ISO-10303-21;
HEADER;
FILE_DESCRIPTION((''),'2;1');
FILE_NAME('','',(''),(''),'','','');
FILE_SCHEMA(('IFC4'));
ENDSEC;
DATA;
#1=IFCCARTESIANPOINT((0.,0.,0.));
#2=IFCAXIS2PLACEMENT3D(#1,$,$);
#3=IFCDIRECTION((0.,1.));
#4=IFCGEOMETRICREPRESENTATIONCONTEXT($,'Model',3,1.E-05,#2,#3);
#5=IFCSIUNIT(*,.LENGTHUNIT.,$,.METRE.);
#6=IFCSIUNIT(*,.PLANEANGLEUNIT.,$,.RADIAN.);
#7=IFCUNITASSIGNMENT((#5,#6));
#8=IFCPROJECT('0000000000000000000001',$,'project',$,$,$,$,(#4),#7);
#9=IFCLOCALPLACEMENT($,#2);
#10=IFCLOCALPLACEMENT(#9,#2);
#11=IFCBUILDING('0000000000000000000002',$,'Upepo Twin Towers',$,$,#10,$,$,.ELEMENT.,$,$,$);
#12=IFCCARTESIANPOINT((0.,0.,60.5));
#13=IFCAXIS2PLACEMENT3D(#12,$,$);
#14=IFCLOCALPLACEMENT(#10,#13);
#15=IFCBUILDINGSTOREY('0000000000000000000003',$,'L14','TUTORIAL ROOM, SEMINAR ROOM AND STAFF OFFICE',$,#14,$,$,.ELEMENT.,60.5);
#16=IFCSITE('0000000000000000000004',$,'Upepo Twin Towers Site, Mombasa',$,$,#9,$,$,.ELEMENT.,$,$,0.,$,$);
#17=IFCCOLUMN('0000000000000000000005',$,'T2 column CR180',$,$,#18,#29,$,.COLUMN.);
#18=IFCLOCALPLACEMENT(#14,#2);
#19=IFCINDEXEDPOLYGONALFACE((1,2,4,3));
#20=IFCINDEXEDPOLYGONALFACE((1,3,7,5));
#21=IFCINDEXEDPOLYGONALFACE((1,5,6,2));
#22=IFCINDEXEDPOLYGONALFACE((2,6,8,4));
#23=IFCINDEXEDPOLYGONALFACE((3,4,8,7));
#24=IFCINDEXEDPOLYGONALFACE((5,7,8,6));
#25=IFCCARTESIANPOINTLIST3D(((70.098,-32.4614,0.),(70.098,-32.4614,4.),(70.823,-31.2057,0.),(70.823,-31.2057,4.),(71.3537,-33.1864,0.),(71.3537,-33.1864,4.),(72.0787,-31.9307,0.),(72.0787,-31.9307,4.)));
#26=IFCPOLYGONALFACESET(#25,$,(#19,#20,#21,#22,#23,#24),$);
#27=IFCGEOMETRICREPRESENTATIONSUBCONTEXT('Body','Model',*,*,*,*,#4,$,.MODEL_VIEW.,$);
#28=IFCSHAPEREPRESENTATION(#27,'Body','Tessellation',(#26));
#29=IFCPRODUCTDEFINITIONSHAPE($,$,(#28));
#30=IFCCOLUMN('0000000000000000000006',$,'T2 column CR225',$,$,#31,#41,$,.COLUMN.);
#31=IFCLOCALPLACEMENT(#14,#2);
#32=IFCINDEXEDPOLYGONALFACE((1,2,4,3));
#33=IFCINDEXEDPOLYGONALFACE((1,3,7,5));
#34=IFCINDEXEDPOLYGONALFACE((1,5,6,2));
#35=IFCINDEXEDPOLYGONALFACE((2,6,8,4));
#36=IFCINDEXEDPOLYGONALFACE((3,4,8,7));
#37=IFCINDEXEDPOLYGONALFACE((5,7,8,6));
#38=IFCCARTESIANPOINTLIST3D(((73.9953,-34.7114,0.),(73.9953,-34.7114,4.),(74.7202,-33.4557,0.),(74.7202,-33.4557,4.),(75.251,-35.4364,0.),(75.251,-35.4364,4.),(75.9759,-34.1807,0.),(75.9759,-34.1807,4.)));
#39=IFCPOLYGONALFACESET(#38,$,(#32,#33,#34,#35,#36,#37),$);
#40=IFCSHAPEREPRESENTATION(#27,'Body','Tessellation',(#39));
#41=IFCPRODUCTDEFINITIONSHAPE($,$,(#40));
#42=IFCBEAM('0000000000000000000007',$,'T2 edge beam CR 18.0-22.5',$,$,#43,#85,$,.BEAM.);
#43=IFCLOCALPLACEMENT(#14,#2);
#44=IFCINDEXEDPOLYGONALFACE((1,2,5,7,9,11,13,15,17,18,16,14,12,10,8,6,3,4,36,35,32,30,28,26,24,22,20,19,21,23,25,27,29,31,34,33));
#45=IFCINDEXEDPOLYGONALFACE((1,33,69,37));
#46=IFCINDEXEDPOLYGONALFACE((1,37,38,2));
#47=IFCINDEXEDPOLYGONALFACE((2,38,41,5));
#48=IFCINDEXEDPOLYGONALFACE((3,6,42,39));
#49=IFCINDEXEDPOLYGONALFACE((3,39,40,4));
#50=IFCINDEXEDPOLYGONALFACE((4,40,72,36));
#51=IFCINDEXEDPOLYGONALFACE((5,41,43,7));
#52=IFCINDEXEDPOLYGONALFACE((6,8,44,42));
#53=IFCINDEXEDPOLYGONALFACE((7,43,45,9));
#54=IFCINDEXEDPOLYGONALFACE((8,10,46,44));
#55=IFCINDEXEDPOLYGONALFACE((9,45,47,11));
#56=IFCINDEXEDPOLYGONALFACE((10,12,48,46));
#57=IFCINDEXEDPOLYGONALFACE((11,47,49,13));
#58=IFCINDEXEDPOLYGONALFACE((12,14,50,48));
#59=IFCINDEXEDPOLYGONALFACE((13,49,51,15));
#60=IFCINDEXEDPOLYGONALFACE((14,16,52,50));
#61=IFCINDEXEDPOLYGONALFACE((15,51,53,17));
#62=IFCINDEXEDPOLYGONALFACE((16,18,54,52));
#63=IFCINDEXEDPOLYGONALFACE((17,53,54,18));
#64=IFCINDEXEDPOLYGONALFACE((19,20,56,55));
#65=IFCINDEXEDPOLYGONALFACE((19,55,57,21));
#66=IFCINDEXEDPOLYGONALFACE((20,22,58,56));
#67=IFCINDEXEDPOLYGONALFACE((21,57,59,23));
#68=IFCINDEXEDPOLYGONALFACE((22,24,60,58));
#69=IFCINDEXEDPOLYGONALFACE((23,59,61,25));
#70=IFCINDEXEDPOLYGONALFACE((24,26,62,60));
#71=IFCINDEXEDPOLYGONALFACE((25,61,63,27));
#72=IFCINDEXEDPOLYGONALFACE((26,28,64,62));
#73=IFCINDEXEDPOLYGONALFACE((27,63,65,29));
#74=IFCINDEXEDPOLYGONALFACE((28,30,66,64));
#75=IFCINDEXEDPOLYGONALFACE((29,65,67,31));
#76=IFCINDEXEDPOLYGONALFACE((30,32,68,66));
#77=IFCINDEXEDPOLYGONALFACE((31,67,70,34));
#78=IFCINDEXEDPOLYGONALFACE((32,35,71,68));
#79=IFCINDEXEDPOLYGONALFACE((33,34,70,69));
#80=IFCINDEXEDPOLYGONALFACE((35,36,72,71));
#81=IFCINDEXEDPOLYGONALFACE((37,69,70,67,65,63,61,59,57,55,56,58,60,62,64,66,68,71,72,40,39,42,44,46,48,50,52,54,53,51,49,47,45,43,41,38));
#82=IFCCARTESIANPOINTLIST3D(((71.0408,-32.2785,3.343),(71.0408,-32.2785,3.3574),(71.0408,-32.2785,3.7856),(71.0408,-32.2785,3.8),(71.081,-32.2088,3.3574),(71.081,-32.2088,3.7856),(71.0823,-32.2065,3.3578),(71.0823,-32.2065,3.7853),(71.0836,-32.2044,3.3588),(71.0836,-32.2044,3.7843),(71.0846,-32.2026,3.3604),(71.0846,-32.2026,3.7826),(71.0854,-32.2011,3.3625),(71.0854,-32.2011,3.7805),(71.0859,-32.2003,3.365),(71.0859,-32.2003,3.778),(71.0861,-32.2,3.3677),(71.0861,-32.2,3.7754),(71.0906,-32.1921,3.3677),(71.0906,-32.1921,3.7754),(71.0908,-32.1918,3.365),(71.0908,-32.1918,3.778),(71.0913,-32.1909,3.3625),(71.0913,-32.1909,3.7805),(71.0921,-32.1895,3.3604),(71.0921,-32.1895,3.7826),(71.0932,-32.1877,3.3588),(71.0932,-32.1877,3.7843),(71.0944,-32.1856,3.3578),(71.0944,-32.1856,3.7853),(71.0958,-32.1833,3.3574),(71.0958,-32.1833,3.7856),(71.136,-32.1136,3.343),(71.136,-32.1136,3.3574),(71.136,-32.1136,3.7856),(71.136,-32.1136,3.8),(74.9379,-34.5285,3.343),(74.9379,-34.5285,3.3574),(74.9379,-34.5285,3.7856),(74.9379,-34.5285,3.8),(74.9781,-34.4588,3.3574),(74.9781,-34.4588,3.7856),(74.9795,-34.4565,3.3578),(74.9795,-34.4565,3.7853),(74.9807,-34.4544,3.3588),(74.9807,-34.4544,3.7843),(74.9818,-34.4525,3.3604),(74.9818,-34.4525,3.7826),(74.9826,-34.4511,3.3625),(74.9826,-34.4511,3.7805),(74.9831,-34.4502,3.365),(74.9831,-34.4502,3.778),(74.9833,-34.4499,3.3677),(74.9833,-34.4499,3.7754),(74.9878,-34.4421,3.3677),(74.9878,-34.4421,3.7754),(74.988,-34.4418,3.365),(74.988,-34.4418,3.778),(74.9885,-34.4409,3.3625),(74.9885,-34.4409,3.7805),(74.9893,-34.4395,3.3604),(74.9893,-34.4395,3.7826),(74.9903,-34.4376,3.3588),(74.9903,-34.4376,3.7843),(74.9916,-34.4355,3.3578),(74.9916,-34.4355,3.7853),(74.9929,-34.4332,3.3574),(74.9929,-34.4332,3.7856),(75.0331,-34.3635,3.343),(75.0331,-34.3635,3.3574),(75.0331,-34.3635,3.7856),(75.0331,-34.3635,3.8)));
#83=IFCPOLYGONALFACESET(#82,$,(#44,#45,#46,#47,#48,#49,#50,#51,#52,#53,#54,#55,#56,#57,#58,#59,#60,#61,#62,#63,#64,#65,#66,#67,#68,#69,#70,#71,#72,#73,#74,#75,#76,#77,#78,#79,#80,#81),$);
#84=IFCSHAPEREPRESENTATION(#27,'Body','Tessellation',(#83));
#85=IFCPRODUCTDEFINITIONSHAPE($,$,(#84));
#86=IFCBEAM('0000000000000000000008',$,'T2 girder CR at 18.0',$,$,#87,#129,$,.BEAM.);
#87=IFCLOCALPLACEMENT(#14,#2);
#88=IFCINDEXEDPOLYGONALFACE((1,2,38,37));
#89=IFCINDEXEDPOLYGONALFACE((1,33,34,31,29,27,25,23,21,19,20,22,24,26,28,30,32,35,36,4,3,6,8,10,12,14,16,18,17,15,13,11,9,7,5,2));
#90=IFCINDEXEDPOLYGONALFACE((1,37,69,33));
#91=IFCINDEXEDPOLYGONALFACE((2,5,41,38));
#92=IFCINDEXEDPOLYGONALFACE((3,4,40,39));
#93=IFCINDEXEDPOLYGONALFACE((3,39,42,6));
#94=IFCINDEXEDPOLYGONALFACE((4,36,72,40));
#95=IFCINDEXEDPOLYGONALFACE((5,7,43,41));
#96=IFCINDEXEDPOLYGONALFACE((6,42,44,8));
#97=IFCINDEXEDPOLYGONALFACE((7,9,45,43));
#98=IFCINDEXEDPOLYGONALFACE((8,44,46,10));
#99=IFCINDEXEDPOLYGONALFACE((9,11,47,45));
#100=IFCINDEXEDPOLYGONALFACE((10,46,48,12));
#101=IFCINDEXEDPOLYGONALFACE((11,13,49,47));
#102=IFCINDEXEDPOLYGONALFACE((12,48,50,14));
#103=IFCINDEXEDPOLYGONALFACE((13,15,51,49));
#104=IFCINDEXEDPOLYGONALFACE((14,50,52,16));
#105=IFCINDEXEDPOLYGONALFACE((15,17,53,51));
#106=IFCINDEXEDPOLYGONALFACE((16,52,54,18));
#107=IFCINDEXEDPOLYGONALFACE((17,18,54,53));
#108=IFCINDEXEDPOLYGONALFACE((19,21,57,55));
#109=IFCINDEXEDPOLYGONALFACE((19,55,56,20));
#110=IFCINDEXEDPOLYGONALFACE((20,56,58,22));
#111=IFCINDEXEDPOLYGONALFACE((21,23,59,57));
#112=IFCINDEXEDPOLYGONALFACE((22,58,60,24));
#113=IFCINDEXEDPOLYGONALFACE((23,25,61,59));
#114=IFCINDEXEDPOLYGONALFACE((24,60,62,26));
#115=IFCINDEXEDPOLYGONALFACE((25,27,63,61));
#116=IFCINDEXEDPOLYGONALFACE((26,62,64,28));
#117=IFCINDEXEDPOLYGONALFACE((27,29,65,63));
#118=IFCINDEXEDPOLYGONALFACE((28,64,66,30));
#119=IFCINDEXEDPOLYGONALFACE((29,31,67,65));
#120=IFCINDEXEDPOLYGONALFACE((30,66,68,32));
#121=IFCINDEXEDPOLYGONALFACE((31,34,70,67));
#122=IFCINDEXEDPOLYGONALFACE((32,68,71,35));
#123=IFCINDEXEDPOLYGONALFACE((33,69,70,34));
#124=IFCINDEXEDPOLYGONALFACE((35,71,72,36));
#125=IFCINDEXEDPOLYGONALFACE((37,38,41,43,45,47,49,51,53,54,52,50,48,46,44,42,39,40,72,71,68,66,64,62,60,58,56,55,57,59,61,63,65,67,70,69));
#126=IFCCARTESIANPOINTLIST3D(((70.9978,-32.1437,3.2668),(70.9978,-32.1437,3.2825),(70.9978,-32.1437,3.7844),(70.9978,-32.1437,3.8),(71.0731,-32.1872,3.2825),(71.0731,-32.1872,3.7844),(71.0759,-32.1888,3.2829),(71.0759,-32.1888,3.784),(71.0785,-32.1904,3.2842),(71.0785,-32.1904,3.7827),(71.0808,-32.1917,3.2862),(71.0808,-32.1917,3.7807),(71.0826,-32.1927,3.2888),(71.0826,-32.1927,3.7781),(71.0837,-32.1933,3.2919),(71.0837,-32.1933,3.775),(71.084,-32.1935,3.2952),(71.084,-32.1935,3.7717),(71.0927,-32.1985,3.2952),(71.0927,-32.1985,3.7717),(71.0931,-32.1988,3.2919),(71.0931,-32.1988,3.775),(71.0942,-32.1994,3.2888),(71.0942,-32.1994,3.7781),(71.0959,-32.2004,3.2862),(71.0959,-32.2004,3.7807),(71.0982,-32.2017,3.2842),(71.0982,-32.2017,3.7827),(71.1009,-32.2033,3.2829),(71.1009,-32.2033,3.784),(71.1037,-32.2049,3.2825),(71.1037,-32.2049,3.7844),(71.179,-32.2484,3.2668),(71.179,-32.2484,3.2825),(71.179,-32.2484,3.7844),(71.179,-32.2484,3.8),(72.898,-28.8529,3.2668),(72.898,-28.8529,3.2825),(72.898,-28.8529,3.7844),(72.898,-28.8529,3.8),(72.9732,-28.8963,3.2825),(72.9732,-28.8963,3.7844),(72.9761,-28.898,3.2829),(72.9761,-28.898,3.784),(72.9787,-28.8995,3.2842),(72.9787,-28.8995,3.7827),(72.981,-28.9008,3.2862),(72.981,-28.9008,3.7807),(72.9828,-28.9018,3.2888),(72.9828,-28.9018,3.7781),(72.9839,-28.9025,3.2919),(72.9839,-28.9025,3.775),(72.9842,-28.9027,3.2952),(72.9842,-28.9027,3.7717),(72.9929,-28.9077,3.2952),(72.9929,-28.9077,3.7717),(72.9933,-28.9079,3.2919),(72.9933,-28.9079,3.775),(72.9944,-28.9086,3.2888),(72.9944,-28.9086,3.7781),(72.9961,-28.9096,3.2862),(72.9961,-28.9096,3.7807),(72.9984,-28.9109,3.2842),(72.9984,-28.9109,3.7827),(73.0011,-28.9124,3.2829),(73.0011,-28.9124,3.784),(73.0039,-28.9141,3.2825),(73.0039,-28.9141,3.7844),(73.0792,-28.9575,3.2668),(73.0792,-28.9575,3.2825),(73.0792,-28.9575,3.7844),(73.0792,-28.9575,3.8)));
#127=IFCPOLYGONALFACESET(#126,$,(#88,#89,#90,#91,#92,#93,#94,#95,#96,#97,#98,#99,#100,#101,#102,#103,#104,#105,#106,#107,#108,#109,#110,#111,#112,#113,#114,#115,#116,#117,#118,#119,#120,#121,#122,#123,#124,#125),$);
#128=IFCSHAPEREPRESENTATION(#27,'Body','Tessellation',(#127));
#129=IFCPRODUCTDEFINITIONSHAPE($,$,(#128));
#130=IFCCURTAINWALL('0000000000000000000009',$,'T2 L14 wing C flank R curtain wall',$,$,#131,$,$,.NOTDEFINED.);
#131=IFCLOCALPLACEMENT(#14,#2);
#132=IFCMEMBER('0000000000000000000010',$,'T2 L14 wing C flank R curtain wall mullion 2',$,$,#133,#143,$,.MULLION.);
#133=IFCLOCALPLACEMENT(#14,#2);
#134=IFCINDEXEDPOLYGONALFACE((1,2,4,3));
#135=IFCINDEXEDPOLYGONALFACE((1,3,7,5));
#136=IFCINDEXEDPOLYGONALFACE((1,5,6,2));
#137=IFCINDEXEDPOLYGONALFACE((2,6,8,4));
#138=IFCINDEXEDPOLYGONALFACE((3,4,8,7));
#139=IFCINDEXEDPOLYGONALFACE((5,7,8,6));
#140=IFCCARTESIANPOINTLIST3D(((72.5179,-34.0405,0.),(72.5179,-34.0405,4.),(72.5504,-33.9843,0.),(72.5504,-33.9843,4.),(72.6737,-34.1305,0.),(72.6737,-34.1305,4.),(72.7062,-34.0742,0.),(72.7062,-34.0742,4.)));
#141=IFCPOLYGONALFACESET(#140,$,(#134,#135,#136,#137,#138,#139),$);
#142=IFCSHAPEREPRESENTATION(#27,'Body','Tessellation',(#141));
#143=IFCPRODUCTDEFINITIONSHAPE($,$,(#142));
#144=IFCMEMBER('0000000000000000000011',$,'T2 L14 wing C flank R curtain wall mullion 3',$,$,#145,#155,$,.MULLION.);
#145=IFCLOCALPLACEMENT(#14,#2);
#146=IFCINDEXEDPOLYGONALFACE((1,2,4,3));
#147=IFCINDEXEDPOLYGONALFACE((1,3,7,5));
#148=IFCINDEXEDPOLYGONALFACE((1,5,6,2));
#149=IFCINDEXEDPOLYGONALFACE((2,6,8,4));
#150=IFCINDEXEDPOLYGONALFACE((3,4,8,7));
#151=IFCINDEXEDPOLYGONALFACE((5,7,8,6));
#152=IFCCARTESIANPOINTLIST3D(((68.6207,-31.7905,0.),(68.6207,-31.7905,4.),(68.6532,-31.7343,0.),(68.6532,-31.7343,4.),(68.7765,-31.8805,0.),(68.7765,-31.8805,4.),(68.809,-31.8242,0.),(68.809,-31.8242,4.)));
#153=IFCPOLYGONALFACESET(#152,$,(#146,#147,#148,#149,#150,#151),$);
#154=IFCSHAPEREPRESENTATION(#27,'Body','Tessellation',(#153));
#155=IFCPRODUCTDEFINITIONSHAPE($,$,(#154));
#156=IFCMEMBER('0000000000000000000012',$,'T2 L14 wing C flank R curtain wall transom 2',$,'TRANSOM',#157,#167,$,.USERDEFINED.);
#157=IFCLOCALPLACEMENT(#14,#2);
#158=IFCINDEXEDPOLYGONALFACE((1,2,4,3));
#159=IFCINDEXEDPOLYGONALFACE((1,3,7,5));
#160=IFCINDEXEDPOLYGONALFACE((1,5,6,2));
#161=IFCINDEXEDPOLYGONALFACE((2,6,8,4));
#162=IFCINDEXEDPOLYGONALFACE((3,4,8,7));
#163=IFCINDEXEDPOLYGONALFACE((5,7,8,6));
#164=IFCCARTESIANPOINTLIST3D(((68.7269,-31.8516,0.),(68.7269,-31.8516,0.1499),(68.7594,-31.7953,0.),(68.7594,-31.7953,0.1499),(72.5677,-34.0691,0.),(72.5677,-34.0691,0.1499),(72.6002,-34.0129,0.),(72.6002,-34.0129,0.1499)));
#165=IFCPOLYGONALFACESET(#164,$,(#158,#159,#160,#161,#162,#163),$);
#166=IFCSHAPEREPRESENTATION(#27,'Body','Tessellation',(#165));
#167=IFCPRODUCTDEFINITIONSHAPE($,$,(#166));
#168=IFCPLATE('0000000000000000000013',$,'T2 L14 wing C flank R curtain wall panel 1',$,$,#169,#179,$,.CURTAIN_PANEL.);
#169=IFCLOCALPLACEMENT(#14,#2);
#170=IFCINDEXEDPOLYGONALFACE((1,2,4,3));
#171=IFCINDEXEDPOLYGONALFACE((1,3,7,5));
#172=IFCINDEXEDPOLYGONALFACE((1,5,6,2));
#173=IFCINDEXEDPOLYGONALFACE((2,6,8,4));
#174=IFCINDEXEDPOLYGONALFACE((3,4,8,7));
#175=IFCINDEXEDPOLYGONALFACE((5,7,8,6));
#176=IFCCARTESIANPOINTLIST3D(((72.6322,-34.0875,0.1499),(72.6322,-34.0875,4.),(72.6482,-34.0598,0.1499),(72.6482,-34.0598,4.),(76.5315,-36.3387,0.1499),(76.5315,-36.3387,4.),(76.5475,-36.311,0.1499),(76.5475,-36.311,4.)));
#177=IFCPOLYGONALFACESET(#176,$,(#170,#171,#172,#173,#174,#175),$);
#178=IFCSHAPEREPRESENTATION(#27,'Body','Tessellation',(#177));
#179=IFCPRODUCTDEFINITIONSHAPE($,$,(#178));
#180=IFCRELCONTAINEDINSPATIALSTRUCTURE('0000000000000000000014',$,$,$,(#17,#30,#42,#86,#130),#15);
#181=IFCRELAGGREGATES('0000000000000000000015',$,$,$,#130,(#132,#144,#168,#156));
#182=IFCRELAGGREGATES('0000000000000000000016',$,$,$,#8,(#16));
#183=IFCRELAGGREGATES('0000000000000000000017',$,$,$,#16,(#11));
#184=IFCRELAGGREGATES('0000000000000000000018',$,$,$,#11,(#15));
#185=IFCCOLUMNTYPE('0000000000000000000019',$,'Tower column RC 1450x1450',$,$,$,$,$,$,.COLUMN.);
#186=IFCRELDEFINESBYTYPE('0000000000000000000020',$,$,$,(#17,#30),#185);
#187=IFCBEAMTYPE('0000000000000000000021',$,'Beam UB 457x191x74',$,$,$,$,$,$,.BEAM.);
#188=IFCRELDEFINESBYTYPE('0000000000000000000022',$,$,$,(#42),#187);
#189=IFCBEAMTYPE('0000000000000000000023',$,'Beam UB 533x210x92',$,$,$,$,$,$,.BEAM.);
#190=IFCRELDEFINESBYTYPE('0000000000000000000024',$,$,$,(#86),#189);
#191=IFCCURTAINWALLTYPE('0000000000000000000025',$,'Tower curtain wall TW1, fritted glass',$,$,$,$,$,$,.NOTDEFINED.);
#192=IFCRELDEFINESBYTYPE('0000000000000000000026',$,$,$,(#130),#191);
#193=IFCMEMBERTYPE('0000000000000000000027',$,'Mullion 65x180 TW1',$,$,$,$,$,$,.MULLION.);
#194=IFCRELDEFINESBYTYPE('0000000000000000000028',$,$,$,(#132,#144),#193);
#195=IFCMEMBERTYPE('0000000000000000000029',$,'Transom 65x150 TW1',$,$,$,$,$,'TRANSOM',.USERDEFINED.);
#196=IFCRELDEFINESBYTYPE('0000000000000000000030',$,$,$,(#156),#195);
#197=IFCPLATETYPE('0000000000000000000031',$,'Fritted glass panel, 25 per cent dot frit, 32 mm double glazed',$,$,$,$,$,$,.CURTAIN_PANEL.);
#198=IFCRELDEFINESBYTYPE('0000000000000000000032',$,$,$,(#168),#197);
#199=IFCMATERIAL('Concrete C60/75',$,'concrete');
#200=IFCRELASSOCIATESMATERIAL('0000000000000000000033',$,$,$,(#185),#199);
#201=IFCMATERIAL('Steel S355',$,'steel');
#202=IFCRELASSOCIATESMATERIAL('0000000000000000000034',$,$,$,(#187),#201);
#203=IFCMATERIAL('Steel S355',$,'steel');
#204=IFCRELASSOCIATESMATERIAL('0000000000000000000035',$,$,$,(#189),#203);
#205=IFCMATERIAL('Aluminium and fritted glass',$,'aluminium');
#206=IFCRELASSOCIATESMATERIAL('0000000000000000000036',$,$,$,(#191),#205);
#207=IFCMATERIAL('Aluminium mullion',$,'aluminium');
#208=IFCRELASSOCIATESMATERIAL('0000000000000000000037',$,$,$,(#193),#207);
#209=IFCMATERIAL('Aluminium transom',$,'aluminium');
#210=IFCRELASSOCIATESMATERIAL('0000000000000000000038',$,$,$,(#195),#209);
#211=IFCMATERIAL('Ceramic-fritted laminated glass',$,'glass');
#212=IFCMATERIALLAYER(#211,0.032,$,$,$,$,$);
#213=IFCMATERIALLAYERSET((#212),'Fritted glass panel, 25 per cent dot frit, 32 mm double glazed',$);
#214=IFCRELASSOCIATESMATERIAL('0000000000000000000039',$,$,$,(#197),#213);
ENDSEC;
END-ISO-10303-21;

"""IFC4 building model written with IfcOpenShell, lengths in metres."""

from ifc_helpers import new_model, si_unit, direction, frame, origin, origin_2d, place, context, subcontext, project, spatial, rectangle, i_section, extrude, material, layer, layer_set, material_profile, profile_set, type_object, element, aggregate, save


model = new_model("IFC4")

# Units and contexts
model_context = context("Model", 3, precision=1e-05, world=origin(), true_north=direction((0.0, 1.0)))
body_context = subcontext(model_context, "Body", "Model", "MODEL_VIEW")
ifc_project = project(units=[si_unit("LENGTHUNIT", "METRE"), si_unit("PLANEANGLEUNIT", "RADIAN")], contexts=[model_context])

# Site, building, storey
site_placement = place(None, origin())
site = spatial("IfcSite", under=ifc_project, at=site_placement, Name="Upepo Twin Towers Site, Mombasa", CompositionType="ELEMENT", RefElevation=0.0)
building_placement = place(site_placement, origin())
building = spatial("IfcBuilding", under=site, at=building_placement, Name="Upepo Twin Towers", CompositionType="ELEMENT")
storey_placement = place(building_placement, frame((0.0, 0.0, 60.5)))
storey = spatial("IfcBuildingStorey", under=building, at=storey_placement, Name="L14", Description="TUTORIAL ROOM, SEMINAR ROOM AND STAFF OFFICE", CompositionType="ELEMENT", Elevation=60.5)

# Columns
ifc_material_1 = material(Name="Concrete C60/75", Category="concrete")
ifc_material_profile_1 = material_profile(ifc_material_1, rectangle(XDim=1.45, YDim=1.45, at=origin_2d()), Name="RC 1450x1450")
ifc_profile_set_1 = profile_set([ifc_material_profile_1], Name="Concrete C60/75")
column_type = type_object("IfcColumnType", Name="Tower column RC 1450x1450", PredefinedType="COLUMN", material=ifc_profile_set_1)
for number, where, z_axis, x_axis, name in (
    (1, (71.0884, -32.196, 0.0), (0.0, 0.0, 1.0), (0.5, 0.866025, 0.0), "T2 column CR180"),
    (2, (74.9856, -34.446, 0.0), (0.0, 0.0, 1.0), (0.5, 0.866025, 0.0), "T2 column CR225"),
):
    element("IfcColumn", number, at=place(storey_placement, frame(where, z_axis=z_axis, x_axis=x_axis)), inside=storey, type_object=column_type, Name=name, PredefinedType="COLUMN", context=body_context, shape_type="SweptSolid", body=[
        extrude(rectangle(XDim=1.45, YDim=1.45, at=origin_2d()), origin(), (0.0, 0.0, 1.0), 4.0),
    ])

# Beams
ifc_material_2 = material(Name="Steel S355", Category="steel")
ifc_material_profile_2 = material_profile(ifc_material_2, i_section(OverallWidth=0.1904, OverallDepth=0.457, WebThickness=0.009, FlangeThickness=0.0144, FilletRadius=0.0103, at=origin_2d()), Name="UB 457x191x74")
ifc_profile_set_2 = profile_set([ifc_material_profile_2], Name="Steel S355")
beam_type_1 = type_object("IfcBeamType", Name="Beam UB 457x191x74", PredefinedType="BEAM", material=ifc_profile_set_2)
beam_1_placement = place(storey_placement, frame((71.0884, -32.196, 3.5715), z_axis=(0.866031, -0.49999, 0.0), x_axis=(0.49999, 0.866031, 0.0)))
element("IfcBeam", 3, at=beam_1_placement, inside=storey, type_object=beam_type_1, Name="T2 edge beam CR 18.0-22.5", PredefinedType="BEAM", context=body_context, shape_type="SweptSolid", body=[
    extrude(i_section(OverallWidth=0.1904, OverallDepth=0.457, WebThickness=0.009, FlangeThickness=0.0144, FilletRadius=0.0103, at=origin_2d()), origin(), (0.0, 0.0, 1.0), 4.5),
])
ifc_material_3 = material(Name="Steel S355", Category="steel")
ifc_material_profile_3 = material_profile(ifc_material_3, i_section(OverallWidth=0.2092, OverallDepth=0.5332, WebThickness=0.01, FlangeThickness=0.0156, FilletRadius=0.0127, at=origin_2d()), Name="UB 533x210x92")
ifc_profile_set_3 = profile_set([ifc_material_profile_3], Name="Steel S355")
beam_type_2 = type_object("IfcBeamType", Name="Beam UB 533x210x92", PredefinedType="BEAM", material=ifc_profile_set_3)
beam_2_placement = place(storey_placement, frame((71.0884, -32.196, 3.5334), z_axis=(0.500043, 0.866, 0.0), x_axis=(-0.866, 0.500043, 0.0)))
element("IfcBeam", 4, at=beam_2_placement, inside=storey, type_object=beam_type_2, Name="T2 girder CR at 18.0", PredefinedType="BEAM", context=body_context, shape_type="SweptSolid", body=[
    extrude(i_section(OverallWidth=0.2092, OverallDepth=0.5332, WebThickness=0.01, FlangeThickness=0.0156, FilletRadius=0.0127, at=origin_2d()), origin(), (0.0, 0.0, 1.0), 3.8),
])

# Curtain wall, members, plate
ifc_material_4 = material(Name="Aluminium and fritted glass", Category="aluminium")
curtain_wall_type = type_object("IfcCurtainWallType", Name="Tower curtain wall TW1, fritted glass", PredefinedType="NOTDEFINED", material=ifc_material_4)
curtain_wall_placement = place(storey_placement, origin())
curtain_wall = element("IfcCurtainWall", 5, at=curtain_wall_placement, inside=storey, type_object=curtain_wall_type, Name="T2 L14 wing C flank R curtain wall", PredefinedType="NOTDEFINED")
ifc_material_5 = material(Name="Aluminium mullion", Category="aluminium")
ifc_material_profile_4 = material_profile(ifc_material_5, rectangle(XDim=0.0649, YDim=0.1799, at=origin_2d()), Name="MULLION 65x180")
ifc_profile_set_4 = profile_set([ifc_material_profile_4], Name="Aluminium mullion")
member_type_1 = type_object("IfcMemberType", Name="Mullion 65x180 TW1", PredefinedType="MULLION", material=ifc_profile_set_4)
member_1_placement = place(storey_placement, frame((72.6121, -34.0574, 0.0), z_axis=(0.0, 0.0, 1.0), x_axis=(-0.5, -0.866025, 0.0)))
member_1 = element("IfcMember", 6, at=member_1_placement, type_object=member_type_1, Name="T2 L14 wing C flank R curtain wall mullion 2", PredefinedType="MULLION", context=body_context, shape_type="SweptSolid", body=[
    extrude(rectangle(XDim=0.0649, YDim=0.1799, at=origin_2d()), origin(), (0.0, 0.0, 1.0), 4.0),
])
member_2_placement = place(storey_placement, frame((68.7148, -31.8074, 0.0), z_axis=(0.0, 0.0, 1.0), x_axis=(-0.5, -0.866025, 0.0)))
member_2 = element("IfcMember", 7, at=member_2_placement, type_object=member_type_1, Name="T2 L14 wing C flank R curtain wall mullion 3", PredefinedType="MULLION", context=body_context, shape_type="SweptSolid", body=[
    extrude(rectangle(XDim=0.0649, YDim=0.1799, at=origin_2d()), origin(), (0.0, 0.0, 1.0), 4.0),
])
ifc_material_6 = material(Name="Aluminium transom", Category="aluminium")
ifc_material_profile_5 = material_profile(ifc_material_6, rectangle(XDim=0.0649, YDim=0.1499, at=origin_2d()), Name="TRANSOM 65x150")
ifc_profile_set_5 = profile_set([ifc_material_profile_5], Name="Aluminium transom")
member_type_2 = type_object("IfcMemberType", Name="Transom 65x150 TW1", ElementType="TRANSOM", PredefinedType="USERDEFINED", material=ifc_profile_set_5)
member_3_placement = place(storey_placement, frame((72.584, -34.041, 0.075), z_axis=(-0.866022, 0.500005, 0.0), x_axis=(-0.500005, -0.866022, 0.0)))
member_3 = element("IfcMember", 8, at=member_3_placement, type_object=member_type_2, Name="T2 L14 wing C flank R curtain wall transom 2", ObjectType="TRANSOM", PredefinedType="USERDEFINED", context=body_context, shape_type="SweptSolid", body=[
    extrude(rectangle(XDim=0.0649, YDim=0.1499, at=origin_2d()), origin(), (0.0, 0.0, 1.0), 4.4351),
])
ifc_material_7 = material(Name="Ceramic-fritted laminated glass", Category="glass")
ifc_layer_1 = layer(ifc_material_7, 0.032)
ifc_layer_set_1 = layer_set([ifc_layer_1], Name="Fritted glass panel, 25 per cent dot frit, 32 mm double glazed")
plate_type = type_object("IfcPlateType", Name="Fritted glass panel, 25 per cent dot frit, 32 mm double glazed", PredefinedType="CURTAIN_PANEL", material=ifc_layer_set_1)
plate_1_placement = place(storey_placement, frame((74.5898, -35.1992, 0.1499), z_axis=(0.0, 0.0, 1.0), x_axis=(-0.866025, 0.5, 0.0)))
plate_1 = element("IfcPlate", 9, at=plate_1_placement, type_object=plate_type, Name="T2 L14 wing C flank R curtain wall panel 1", PredefinedType="CURTAIN_PANEL", context=body_context, shape_type="SweptSolid", body=[
    extrude(rectangle(XDim=4.5024, YDim=0.032, at=origin_2d()), origin(), (0.0, 0.0, 1.0), 3.8501),
])
aggregate(curtain_wall, [member_1, member_2, plate_1, member_3])

save(model, "model.ifc")
